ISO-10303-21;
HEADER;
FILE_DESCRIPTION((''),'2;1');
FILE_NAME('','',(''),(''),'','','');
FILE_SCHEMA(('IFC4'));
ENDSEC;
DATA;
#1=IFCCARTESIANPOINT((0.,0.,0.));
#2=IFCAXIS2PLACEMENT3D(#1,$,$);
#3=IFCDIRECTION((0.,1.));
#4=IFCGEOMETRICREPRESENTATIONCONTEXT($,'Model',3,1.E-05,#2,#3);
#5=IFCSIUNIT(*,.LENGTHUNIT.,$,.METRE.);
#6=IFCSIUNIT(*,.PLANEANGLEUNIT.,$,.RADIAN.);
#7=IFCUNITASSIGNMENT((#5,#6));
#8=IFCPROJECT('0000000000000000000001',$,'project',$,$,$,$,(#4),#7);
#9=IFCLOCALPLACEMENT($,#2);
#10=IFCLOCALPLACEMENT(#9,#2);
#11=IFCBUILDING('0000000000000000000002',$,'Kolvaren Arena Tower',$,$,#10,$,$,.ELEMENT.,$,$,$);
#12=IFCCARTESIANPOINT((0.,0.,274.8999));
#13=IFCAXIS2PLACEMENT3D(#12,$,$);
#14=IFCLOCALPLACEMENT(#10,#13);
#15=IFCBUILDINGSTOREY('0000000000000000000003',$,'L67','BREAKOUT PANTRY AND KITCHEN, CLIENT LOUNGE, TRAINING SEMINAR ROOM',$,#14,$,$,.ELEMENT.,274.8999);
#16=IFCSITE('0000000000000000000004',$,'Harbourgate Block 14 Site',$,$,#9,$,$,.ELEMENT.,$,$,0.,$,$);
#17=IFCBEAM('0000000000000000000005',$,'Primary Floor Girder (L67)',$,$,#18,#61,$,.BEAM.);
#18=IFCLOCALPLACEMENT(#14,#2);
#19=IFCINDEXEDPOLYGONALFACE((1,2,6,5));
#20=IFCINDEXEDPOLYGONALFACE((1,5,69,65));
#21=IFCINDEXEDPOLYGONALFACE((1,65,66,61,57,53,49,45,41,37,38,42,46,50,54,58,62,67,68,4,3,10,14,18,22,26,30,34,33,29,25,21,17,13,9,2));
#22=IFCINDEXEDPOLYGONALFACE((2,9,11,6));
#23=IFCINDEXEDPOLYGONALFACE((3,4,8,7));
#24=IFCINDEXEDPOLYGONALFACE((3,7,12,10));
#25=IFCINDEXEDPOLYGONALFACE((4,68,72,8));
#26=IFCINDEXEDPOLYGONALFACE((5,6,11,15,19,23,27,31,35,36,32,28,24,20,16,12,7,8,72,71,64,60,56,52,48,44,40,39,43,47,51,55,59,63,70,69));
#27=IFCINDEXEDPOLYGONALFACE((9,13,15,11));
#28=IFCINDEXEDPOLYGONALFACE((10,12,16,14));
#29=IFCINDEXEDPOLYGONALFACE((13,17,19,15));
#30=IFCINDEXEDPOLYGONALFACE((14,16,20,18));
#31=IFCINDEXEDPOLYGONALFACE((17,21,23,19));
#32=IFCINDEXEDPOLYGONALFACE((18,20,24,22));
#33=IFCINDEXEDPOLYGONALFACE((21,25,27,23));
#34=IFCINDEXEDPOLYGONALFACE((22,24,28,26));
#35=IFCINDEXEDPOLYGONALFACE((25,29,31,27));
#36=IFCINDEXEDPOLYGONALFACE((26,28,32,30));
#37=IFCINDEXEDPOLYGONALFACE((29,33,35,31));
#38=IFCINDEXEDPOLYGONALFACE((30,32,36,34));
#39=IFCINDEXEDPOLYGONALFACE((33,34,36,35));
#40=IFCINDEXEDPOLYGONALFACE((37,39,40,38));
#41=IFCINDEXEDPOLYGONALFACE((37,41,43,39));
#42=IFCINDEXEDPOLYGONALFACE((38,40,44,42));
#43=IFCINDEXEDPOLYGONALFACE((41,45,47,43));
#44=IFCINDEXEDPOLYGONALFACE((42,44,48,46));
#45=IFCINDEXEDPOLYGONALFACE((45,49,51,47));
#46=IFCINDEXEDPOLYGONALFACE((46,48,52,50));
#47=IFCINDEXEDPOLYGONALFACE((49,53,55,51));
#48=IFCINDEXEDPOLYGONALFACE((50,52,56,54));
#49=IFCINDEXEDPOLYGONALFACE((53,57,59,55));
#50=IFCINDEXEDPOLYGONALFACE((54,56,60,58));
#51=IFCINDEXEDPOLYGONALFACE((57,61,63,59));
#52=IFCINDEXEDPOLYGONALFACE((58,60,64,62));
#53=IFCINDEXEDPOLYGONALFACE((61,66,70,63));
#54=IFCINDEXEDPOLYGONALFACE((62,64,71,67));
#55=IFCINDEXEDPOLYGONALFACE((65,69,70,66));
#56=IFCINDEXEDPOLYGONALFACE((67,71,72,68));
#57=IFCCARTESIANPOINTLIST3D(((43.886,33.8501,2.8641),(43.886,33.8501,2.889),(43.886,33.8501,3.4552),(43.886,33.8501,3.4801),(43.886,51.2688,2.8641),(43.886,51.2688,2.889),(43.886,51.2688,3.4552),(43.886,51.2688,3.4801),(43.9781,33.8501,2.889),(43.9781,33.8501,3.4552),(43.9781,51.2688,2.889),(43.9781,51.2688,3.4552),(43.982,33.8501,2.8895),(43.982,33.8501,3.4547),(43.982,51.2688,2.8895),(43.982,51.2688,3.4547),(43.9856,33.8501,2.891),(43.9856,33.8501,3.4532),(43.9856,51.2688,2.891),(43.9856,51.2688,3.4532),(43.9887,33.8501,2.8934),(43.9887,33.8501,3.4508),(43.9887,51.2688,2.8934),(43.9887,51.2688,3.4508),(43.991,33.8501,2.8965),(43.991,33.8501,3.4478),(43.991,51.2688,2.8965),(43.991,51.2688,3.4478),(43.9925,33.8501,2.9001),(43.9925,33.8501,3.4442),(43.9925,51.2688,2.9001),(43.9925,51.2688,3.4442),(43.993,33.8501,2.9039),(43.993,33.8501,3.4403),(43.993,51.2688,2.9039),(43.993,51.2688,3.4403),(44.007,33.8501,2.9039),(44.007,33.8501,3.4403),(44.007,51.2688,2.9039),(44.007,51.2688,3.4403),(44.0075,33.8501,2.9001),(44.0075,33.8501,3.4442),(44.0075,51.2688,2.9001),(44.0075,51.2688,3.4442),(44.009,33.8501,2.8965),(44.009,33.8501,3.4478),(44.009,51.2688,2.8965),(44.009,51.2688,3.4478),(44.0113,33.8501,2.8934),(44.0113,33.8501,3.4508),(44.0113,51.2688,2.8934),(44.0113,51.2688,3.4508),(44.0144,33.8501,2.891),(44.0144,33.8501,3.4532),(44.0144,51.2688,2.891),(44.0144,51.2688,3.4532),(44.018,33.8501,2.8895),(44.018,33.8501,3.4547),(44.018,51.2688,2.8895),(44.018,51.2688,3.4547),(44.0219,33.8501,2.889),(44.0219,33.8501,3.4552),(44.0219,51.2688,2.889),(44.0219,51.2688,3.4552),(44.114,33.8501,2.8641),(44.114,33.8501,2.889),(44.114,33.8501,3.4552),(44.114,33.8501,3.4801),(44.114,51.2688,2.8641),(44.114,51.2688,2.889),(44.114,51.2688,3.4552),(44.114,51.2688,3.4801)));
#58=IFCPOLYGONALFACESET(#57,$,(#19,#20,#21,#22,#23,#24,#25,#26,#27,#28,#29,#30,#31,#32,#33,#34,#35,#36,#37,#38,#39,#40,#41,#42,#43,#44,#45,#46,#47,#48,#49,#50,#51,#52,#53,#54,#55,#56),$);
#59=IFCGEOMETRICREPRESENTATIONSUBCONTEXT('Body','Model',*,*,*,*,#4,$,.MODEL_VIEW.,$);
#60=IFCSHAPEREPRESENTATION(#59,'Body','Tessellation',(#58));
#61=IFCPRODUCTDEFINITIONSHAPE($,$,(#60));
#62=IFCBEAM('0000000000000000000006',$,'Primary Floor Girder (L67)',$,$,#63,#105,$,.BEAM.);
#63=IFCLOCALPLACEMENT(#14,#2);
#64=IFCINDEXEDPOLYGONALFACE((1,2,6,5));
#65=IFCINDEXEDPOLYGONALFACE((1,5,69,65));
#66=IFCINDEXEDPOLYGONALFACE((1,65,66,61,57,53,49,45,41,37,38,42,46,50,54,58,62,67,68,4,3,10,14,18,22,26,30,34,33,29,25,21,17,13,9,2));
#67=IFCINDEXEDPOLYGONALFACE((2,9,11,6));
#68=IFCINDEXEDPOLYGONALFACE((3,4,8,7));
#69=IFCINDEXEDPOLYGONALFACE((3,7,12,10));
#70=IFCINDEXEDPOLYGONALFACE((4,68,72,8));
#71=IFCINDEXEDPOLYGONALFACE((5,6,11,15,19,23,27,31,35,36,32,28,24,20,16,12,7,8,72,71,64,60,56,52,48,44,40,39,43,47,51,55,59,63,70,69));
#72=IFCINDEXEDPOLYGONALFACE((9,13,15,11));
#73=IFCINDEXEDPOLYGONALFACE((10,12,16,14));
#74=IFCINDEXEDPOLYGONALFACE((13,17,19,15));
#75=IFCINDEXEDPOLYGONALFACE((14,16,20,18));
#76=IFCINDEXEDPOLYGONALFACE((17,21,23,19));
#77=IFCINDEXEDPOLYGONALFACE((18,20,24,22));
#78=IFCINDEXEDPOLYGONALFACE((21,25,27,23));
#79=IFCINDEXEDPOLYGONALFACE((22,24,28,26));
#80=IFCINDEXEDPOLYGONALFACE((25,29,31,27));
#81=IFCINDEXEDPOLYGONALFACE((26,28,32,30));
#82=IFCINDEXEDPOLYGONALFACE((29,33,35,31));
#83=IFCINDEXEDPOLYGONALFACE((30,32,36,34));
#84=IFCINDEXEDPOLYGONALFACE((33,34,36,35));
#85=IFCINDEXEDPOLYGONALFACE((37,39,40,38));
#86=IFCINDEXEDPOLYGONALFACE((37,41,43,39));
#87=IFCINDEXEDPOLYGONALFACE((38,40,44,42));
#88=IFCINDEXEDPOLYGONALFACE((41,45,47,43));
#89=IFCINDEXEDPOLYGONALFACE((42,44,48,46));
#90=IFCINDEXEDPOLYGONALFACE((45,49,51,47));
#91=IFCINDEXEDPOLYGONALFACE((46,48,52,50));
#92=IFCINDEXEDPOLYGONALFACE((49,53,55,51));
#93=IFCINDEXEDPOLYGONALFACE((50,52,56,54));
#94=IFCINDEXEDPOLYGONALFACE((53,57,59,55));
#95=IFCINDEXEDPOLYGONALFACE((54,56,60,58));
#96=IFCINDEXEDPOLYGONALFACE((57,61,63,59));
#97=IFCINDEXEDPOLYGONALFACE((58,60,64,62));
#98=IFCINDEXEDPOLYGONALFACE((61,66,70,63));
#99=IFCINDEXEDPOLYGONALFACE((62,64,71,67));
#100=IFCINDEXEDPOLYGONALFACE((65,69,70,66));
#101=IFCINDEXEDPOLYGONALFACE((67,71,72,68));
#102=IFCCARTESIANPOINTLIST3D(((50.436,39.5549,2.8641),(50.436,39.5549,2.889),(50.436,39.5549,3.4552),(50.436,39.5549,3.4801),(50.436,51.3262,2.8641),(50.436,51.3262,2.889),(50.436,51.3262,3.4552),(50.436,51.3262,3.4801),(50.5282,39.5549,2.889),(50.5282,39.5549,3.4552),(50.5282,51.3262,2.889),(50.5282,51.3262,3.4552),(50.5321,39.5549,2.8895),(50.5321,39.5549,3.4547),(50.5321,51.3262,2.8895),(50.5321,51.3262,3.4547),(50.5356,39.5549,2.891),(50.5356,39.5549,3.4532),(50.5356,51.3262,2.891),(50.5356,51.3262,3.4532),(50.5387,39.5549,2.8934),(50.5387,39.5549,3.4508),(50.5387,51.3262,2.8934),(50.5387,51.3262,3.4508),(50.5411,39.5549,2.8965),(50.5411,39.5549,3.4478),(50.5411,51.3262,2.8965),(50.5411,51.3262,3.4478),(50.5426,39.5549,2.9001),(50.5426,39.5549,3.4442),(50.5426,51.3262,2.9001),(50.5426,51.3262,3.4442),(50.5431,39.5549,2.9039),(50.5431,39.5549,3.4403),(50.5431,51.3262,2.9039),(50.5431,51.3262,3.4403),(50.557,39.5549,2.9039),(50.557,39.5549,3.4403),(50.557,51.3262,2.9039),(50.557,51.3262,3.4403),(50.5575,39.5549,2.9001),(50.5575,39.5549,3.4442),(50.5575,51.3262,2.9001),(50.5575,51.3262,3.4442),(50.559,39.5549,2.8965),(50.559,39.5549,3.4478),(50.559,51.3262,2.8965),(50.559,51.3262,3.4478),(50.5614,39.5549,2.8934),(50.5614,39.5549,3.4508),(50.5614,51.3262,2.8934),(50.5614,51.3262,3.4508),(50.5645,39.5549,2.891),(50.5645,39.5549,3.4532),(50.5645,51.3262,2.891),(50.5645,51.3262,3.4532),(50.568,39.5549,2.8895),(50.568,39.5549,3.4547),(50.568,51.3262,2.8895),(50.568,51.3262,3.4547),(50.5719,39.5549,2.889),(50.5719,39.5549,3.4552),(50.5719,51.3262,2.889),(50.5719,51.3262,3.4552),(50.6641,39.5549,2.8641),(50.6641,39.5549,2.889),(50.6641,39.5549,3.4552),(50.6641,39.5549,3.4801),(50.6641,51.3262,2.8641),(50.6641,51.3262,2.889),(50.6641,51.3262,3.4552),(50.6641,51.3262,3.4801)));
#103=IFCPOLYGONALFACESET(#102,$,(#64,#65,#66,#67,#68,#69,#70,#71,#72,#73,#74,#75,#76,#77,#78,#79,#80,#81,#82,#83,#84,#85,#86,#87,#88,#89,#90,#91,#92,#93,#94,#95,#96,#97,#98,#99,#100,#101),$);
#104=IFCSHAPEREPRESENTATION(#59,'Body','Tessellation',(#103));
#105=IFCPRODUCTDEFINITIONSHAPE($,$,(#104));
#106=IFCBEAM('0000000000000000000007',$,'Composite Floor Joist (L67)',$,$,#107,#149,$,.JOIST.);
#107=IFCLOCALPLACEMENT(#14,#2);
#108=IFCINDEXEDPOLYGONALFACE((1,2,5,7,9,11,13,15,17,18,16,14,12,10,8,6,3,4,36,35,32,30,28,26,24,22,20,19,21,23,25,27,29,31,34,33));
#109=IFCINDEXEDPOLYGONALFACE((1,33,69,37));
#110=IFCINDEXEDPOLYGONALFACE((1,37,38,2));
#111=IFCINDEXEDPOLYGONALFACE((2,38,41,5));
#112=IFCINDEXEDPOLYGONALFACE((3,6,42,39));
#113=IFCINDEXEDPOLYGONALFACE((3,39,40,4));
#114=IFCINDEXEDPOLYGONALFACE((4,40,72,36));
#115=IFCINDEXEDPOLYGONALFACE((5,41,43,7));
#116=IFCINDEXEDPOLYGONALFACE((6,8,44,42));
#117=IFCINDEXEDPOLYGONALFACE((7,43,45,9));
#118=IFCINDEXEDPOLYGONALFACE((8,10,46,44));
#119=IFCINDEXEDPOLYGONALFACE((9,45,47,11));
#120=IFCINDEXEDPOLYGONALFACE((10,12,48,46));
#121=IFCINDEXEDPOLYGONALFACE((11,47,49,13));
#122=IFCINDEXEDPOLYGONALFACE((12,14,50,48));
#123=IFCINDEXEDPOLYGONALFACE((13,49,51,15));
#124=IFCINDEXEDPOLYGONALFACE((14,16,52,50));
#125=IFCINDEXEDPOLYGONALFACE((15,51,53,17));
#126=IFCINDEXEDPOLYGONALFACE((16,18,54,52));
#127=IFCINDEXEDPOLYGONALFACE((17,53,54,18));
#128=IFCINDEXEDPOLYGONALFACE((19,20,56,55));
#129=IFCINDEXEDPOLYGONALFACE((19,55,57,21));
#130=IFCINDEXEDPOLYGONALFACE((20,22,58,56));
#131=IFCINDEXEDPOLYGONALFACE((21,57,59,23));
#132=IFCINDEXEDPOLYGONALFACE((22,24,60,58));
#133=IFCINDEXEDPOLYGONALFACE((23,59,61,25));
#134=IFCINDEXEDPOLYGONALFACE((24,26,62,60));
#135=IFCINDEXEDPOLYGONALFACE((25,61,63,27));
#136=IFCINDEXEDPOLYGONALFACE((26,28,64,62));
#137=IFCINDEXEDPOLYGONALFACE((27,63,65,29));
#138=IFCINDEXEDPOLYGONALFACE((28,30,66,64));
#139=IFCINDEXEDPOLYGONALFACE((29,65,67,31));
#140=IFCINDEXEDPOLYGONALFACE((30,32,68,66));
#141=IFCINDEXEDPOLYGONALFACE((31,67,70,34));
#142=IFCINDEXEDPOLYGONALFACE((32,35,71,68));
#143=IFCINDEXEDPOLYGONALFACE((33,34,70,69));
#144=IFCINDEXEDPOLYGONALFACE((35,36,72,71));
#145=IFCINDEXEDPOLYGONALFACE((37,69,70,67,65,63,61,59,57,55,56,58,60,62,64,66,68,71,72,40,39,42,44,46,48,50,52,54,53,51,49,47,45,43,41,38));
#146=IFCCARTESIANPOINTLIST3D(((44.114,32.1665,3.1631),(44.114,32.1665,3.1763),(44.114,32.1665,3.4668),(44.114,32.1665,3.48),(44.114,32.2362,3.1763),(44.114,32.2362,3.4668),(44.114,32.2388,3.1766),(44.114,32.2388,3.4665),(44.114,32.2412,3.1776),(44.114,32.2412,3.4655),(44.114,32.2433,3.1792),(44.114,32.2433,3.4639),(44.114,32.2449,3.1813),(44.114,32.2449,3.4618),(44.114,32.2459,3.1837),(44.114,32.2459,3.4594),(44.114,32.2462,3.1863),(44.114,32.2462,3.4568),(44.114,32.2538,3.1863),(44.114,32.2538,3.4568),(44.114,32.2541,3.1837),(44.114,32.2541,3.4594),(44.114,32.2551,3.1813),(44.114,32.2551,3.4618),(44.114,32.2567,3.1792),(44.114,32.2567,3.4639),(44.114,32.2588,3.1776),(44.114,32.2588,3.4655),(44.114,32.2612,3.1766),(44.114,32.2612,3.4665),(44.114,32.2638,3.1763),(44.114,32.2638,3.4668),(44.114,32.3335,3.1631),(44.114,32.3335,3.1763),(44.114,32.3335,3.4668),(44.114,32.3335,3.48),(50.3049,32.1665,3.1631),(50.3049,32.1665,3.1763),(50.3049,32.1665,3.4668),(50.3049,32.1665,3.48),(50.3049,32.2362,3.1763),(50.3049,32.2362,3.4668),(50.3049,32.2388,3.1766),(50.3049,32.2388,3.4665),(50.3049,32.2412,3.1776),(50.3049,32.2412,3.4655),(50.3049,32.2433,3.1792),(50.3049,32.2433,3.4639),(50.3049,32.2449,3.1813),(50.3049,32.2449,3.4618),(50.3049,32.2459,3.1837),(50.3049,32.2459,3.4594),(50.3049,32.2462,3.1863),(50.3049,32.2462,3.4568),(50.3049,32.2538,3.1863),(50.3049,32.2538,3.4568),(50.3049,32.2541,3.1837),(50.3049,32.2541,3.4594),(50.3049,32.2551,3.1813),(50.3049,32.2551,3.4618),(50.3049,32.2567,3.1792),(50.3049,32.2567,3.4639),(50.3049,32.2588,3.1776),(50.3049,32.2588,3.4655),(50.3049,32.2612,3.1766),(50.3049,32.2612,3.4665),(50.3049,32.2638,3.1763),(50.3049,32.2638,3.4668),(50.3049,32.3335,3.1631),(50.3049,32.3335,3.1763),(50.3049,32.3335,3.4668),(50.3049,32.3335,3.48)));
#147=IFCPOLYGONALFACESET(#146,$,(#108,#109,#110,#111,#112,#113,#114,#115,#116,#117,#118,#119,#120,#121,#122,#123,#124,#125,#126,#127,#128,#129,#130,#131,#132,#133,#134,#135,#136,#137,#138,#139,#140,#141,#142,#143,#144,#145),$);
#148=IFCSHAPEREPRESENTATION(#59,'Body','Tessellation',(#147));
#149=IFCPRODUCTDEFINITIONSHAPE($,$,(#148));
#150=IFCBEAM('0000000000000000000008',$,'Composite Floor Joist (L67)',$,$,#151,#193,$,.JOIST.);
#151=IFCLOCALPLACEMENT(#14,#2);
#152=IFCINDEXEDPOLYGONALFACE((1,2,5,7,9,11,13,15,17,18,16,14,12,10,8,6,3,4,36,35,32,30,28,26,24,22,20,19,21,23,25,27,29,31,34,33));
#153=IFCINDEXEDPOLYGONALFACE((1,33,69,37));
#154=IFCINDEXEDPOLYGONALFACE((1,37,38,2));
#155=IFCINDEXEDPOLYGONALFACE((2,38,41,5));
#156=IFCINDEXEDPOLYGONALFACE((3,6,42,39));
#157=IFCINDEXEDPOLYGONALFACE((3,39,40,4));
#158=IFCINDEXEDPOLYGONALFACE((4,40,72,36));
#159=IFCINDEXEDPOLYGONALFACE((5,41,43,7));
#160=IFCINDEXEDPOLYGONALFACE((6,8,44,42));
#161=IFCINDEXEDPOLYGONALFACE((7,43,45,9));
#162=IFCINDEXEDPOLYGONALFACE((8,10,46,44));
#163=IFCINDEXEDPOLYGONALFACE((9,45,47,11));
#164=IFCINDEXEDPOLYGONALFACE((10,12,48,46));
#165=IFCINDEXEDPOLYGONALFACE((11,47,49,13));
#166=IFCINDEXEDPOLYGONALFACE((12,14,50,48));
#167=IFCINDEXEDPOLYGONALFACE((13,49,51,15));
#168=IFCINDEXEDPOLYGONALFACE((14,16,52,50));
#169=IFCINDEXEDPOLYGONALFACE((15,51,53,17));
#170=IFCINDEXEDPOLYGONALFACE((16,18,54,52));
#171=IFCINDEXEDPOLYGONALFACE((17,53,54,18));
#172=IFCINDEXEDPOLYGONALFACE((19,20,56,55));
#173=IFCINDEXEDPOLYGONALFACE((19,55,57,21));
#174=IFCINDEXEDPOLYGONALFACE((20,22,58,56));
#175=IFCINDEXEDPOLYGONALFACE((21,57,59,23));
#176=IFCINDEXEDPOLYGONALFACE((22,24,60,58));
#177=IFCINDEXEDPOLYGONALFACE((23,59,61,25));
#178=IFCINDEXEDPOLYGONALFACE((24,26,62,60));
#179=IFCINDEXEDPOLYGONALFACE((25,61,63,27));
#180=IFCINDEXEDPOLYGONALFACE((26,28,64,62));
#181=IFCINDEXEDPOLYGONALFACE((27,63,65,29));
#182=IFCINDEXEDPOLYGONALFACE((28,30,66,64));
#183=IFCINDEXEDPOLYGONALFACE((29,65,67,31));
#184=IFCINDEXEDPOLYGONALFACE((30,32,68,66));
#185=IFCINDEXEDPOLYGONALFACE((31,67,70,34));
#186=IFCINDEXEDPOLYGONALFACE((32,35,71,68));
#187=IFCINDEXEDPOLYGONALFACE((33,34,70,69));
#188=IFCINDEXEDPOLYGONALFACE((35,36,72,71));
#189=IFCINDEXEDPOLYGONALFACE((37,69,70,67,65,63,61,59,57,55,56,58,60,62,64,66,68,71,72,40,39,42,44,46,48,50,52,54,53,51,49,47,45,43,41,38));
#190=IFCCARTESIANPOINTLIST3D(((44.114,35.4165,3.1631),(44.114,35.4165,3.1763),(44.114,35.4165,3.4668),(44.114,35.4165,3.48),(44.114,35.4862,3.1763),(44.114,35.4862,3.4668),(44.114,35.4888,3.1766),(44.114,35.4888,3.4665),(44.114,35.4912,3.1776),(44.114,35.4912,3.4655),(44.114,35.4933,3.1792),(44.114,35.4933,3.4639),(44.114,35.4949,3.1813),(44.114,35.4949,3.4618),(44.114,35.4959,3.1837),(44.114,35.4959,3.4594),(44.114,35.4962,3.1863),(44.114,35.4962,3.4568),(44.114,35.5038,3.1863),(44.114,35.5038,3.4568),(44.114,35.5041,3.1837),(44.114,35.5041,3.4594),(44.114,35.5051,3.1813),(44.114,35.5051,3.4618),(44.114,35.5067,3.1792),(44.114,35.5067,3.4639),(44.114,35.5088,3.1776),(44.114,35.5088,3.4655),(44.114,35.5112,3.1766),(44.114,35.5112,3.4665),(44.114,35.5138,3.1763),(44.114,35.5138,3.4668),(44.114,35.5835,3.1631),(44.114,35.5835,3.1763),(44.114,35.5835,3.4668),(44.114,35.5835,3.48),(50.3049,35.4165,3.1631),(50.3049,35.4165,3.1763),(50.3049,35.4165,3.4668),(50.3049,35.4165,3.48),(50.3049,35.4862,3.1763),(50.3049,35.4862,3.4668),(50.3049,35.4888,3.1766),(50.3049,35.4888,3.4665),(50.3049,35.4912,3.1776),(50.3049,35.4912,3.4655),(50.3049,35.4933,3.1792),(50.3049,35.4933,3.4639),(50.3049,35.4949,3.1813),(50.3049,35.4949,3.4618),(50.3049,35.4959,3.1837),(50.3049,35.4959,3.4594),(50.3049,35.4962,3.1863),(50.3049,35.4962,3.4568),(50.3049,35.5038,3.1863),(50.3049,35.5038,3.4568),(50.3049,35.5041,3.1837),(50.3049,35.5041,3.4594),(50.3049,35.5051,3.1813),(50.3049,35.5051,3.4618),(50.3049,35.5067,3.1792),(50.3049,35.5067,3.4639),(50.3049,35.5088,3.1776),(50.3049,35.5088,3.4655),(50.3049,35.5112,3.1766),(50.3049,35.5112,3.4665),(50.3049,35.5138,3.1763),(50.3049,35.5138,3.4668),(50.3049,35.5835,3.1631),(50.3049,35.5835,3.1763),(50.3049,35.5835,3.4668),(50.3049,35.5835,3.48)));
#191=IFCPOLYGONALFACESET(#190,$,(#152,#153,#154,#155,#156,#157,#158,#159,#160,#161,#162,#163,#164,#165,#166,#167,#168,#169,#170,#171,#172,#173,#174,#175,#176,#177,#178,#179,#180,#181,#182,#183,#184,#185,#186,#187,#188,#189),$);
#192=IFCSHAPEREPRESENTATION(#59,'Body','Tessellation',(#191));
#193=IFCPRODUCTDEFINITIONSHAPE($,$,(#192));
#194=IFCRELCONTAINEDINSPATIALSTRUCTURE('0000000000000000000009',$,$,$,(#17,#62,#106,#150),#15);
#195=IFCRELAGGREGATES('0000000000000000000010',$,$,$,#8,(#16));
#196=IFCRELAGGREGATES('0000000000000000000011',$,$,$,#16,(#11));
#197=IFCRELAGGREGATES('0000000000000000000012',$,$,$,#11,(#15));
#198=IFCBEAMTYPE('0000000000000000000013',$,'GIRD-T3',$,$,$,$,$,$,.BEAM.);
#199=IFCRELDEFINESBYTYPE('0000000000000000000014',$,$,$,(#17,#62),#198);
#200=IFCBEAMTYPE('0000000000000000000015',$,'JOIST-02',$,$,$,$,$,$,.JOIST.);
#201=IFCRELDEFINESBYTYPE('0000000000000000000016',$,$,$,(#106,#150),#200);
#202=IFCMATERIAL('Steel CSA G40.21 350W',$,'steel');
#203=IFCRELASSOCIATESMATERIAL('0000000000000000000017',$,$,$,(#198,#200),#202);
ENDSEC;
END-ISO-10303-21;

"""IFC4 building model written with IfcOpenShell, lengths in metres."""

from ifc_helpers import new_model, si_unit, direction, frame, origin, origin_2d, place, context, subcontext, project, spatial, i_section, extrude, material, material_profile, profile_set, type_object, element, save


model = new_model("IFC4")

# Units and contexts
model_context = context("Model", 3, precision=1e-05, world=origin(), true_north=direction((0.0, 1.0)))
body_context = subcontext(model_context, "Body", "Model", "MODEL_VIEW")
ifc_project = project(units=[si_unit("LENGTHUNIT", "METRE"), si_unit("PLANEANGLEUNIT", "RADIAN")], contexts=[model_context])

# Site, building, storey
site_placement = place(None, origin())
site = spatial("IfcSite", under=ifc_project, at=site_placement, Name="Harbourgate Block 14 Site", CompositionType="ELEMENT", RefElevation=0.0)
building_placement = place(site_placement, origin())
building = spatial("IfcBuilding", under=site, at=building_placement, Name="Kolvaren Arena Tower", CompositionType="ELEMENT")
storey_placement = place(building_placement, frame((0.0, 0.0, 274.8999)))
storey = spatial("IfcBuildingStorey", under=building, at=storey_placement, Name="L67", Description="BREAKOUT PANTRY AND KITCHEN, CLIENT LOUNGE, TRAINING SEMINAR ROOM", CompositionType="ELEMENT", Elevation=274.8999)

# Beams
ifc_material_1 = material(Name="Steel CSA G40.21 350W", Category="steel")
ifc_material_profile_1 = material_profile(ifc_material_1, i_section(OverallWidth=0.228, OverallDepth=0.616, WebThickness=0.0139, FlangeThickness=0.0249, FilletRadius=0.0149, at=origin_2d()), Name="W610x174")
ifc_profile_set_1 = profile_set([ifc_material_profile_1], Name="Steel CSA G40.21 350W")
beam_type_1 = type_object("IfcBeamType", Name="GIRD-T3", PredefinedType="BEAM", material=ifc_profile_set_1)
beam_1_placement = place(storey_placement, frame((44.0, 33.8501, 3.1721), z_axis=(0.0, 1.0, 0.0), x_axis=(-1.0, 0.0, 0.0)))
element("IfcBeam", 1, at=beam_1_placement, inside=storey, type_object=beam_type_1, Name="Primary Floor Girder (L67)", PredefinedType="BEAM", context=body_context, shape_type="SweptSolid", body=[
    extrude(i_section(OverallWidth=0.228, OverallDepth=0.616, WebThickness=0.0139, FlangeThickness=0.0249, FilletRadius=0.0149, at=origin_2d()), origin(), (0.0, 0.0, 1.0), 17.4187),
])
beam_2_placement = place(storey_placement, frame((50.55, 39.5549, 3.1721), z_axis=(0.0, 1.0, 0.0), x_axis=(-1.0, 0.0, 0.0)))
element("IfcBeam", 2, at=beam_2_placement, inside=storey, type_object=beam_type_1, Name="Primary Floor Girder (L67)", PredefinedType="BEAM", context=body_context, shape_type="SweptSolid", body=[
    extrude(i_section(OverallWidth=0.228, OverallDepth=0.616, WebThickness=0.0139, FlangeThickness=0.0249, FilletRadius=0.0149, at=origin_2d()), origin(), (0.0, 0.0, 1.0), 11.7712),
])
ifc_material_profile_2 = material_profile(ifc_material_1, i_section(OverallWidth=0.167, OverallDepth=0.3169, WebThickness=0.0076, FlangeThickness=0.0132, FilletRadius=0.01, at=origin_2d()), Name="W310x52")
ifc_profile_set_2 = profile_set([ifc_material_profile_2], Name="Steel CSA G40.21 350W")
beam_type_2 = type_object("IfcBeamType", Name="JOIST-02", PredefinedType="JOIST", material=ifc_profile_set_2)
for number, where, z_axis, x_axis, name in (
    (3, (44.114, 32.25, 3.3215), (1.0, 0.0, 0.0), (0.0, 1.0, 0.0), "Composite Floor Joist (L67)"),
    (4, (44.114, 35.5, 3.3215), (1.0, 0.0, 0.0), (0.0, 1.0, 0.0), "Composite Floor Joist (L67)"),
):
    element("IfcBeam", number, at=place(storey_placement, frame(where, z_axis=z_axis, x_axis=x_axis)), inside=storey, type_object=beam_type_2, Name=name, PredefinedType="JOIST", context=body_context, shape_type="SweptSolid", body=[
        extrude(i_section(OverallWidth=0.167, OverallDepth=0.3169, WebThickness=0.0076, FlangeThickness=0.0132, FilletRadius=0.01, at=origin_2d()), origin(), (0.0, 0.0, 1.0), 6.1909),
    ])

save(model, "model.ifc")
